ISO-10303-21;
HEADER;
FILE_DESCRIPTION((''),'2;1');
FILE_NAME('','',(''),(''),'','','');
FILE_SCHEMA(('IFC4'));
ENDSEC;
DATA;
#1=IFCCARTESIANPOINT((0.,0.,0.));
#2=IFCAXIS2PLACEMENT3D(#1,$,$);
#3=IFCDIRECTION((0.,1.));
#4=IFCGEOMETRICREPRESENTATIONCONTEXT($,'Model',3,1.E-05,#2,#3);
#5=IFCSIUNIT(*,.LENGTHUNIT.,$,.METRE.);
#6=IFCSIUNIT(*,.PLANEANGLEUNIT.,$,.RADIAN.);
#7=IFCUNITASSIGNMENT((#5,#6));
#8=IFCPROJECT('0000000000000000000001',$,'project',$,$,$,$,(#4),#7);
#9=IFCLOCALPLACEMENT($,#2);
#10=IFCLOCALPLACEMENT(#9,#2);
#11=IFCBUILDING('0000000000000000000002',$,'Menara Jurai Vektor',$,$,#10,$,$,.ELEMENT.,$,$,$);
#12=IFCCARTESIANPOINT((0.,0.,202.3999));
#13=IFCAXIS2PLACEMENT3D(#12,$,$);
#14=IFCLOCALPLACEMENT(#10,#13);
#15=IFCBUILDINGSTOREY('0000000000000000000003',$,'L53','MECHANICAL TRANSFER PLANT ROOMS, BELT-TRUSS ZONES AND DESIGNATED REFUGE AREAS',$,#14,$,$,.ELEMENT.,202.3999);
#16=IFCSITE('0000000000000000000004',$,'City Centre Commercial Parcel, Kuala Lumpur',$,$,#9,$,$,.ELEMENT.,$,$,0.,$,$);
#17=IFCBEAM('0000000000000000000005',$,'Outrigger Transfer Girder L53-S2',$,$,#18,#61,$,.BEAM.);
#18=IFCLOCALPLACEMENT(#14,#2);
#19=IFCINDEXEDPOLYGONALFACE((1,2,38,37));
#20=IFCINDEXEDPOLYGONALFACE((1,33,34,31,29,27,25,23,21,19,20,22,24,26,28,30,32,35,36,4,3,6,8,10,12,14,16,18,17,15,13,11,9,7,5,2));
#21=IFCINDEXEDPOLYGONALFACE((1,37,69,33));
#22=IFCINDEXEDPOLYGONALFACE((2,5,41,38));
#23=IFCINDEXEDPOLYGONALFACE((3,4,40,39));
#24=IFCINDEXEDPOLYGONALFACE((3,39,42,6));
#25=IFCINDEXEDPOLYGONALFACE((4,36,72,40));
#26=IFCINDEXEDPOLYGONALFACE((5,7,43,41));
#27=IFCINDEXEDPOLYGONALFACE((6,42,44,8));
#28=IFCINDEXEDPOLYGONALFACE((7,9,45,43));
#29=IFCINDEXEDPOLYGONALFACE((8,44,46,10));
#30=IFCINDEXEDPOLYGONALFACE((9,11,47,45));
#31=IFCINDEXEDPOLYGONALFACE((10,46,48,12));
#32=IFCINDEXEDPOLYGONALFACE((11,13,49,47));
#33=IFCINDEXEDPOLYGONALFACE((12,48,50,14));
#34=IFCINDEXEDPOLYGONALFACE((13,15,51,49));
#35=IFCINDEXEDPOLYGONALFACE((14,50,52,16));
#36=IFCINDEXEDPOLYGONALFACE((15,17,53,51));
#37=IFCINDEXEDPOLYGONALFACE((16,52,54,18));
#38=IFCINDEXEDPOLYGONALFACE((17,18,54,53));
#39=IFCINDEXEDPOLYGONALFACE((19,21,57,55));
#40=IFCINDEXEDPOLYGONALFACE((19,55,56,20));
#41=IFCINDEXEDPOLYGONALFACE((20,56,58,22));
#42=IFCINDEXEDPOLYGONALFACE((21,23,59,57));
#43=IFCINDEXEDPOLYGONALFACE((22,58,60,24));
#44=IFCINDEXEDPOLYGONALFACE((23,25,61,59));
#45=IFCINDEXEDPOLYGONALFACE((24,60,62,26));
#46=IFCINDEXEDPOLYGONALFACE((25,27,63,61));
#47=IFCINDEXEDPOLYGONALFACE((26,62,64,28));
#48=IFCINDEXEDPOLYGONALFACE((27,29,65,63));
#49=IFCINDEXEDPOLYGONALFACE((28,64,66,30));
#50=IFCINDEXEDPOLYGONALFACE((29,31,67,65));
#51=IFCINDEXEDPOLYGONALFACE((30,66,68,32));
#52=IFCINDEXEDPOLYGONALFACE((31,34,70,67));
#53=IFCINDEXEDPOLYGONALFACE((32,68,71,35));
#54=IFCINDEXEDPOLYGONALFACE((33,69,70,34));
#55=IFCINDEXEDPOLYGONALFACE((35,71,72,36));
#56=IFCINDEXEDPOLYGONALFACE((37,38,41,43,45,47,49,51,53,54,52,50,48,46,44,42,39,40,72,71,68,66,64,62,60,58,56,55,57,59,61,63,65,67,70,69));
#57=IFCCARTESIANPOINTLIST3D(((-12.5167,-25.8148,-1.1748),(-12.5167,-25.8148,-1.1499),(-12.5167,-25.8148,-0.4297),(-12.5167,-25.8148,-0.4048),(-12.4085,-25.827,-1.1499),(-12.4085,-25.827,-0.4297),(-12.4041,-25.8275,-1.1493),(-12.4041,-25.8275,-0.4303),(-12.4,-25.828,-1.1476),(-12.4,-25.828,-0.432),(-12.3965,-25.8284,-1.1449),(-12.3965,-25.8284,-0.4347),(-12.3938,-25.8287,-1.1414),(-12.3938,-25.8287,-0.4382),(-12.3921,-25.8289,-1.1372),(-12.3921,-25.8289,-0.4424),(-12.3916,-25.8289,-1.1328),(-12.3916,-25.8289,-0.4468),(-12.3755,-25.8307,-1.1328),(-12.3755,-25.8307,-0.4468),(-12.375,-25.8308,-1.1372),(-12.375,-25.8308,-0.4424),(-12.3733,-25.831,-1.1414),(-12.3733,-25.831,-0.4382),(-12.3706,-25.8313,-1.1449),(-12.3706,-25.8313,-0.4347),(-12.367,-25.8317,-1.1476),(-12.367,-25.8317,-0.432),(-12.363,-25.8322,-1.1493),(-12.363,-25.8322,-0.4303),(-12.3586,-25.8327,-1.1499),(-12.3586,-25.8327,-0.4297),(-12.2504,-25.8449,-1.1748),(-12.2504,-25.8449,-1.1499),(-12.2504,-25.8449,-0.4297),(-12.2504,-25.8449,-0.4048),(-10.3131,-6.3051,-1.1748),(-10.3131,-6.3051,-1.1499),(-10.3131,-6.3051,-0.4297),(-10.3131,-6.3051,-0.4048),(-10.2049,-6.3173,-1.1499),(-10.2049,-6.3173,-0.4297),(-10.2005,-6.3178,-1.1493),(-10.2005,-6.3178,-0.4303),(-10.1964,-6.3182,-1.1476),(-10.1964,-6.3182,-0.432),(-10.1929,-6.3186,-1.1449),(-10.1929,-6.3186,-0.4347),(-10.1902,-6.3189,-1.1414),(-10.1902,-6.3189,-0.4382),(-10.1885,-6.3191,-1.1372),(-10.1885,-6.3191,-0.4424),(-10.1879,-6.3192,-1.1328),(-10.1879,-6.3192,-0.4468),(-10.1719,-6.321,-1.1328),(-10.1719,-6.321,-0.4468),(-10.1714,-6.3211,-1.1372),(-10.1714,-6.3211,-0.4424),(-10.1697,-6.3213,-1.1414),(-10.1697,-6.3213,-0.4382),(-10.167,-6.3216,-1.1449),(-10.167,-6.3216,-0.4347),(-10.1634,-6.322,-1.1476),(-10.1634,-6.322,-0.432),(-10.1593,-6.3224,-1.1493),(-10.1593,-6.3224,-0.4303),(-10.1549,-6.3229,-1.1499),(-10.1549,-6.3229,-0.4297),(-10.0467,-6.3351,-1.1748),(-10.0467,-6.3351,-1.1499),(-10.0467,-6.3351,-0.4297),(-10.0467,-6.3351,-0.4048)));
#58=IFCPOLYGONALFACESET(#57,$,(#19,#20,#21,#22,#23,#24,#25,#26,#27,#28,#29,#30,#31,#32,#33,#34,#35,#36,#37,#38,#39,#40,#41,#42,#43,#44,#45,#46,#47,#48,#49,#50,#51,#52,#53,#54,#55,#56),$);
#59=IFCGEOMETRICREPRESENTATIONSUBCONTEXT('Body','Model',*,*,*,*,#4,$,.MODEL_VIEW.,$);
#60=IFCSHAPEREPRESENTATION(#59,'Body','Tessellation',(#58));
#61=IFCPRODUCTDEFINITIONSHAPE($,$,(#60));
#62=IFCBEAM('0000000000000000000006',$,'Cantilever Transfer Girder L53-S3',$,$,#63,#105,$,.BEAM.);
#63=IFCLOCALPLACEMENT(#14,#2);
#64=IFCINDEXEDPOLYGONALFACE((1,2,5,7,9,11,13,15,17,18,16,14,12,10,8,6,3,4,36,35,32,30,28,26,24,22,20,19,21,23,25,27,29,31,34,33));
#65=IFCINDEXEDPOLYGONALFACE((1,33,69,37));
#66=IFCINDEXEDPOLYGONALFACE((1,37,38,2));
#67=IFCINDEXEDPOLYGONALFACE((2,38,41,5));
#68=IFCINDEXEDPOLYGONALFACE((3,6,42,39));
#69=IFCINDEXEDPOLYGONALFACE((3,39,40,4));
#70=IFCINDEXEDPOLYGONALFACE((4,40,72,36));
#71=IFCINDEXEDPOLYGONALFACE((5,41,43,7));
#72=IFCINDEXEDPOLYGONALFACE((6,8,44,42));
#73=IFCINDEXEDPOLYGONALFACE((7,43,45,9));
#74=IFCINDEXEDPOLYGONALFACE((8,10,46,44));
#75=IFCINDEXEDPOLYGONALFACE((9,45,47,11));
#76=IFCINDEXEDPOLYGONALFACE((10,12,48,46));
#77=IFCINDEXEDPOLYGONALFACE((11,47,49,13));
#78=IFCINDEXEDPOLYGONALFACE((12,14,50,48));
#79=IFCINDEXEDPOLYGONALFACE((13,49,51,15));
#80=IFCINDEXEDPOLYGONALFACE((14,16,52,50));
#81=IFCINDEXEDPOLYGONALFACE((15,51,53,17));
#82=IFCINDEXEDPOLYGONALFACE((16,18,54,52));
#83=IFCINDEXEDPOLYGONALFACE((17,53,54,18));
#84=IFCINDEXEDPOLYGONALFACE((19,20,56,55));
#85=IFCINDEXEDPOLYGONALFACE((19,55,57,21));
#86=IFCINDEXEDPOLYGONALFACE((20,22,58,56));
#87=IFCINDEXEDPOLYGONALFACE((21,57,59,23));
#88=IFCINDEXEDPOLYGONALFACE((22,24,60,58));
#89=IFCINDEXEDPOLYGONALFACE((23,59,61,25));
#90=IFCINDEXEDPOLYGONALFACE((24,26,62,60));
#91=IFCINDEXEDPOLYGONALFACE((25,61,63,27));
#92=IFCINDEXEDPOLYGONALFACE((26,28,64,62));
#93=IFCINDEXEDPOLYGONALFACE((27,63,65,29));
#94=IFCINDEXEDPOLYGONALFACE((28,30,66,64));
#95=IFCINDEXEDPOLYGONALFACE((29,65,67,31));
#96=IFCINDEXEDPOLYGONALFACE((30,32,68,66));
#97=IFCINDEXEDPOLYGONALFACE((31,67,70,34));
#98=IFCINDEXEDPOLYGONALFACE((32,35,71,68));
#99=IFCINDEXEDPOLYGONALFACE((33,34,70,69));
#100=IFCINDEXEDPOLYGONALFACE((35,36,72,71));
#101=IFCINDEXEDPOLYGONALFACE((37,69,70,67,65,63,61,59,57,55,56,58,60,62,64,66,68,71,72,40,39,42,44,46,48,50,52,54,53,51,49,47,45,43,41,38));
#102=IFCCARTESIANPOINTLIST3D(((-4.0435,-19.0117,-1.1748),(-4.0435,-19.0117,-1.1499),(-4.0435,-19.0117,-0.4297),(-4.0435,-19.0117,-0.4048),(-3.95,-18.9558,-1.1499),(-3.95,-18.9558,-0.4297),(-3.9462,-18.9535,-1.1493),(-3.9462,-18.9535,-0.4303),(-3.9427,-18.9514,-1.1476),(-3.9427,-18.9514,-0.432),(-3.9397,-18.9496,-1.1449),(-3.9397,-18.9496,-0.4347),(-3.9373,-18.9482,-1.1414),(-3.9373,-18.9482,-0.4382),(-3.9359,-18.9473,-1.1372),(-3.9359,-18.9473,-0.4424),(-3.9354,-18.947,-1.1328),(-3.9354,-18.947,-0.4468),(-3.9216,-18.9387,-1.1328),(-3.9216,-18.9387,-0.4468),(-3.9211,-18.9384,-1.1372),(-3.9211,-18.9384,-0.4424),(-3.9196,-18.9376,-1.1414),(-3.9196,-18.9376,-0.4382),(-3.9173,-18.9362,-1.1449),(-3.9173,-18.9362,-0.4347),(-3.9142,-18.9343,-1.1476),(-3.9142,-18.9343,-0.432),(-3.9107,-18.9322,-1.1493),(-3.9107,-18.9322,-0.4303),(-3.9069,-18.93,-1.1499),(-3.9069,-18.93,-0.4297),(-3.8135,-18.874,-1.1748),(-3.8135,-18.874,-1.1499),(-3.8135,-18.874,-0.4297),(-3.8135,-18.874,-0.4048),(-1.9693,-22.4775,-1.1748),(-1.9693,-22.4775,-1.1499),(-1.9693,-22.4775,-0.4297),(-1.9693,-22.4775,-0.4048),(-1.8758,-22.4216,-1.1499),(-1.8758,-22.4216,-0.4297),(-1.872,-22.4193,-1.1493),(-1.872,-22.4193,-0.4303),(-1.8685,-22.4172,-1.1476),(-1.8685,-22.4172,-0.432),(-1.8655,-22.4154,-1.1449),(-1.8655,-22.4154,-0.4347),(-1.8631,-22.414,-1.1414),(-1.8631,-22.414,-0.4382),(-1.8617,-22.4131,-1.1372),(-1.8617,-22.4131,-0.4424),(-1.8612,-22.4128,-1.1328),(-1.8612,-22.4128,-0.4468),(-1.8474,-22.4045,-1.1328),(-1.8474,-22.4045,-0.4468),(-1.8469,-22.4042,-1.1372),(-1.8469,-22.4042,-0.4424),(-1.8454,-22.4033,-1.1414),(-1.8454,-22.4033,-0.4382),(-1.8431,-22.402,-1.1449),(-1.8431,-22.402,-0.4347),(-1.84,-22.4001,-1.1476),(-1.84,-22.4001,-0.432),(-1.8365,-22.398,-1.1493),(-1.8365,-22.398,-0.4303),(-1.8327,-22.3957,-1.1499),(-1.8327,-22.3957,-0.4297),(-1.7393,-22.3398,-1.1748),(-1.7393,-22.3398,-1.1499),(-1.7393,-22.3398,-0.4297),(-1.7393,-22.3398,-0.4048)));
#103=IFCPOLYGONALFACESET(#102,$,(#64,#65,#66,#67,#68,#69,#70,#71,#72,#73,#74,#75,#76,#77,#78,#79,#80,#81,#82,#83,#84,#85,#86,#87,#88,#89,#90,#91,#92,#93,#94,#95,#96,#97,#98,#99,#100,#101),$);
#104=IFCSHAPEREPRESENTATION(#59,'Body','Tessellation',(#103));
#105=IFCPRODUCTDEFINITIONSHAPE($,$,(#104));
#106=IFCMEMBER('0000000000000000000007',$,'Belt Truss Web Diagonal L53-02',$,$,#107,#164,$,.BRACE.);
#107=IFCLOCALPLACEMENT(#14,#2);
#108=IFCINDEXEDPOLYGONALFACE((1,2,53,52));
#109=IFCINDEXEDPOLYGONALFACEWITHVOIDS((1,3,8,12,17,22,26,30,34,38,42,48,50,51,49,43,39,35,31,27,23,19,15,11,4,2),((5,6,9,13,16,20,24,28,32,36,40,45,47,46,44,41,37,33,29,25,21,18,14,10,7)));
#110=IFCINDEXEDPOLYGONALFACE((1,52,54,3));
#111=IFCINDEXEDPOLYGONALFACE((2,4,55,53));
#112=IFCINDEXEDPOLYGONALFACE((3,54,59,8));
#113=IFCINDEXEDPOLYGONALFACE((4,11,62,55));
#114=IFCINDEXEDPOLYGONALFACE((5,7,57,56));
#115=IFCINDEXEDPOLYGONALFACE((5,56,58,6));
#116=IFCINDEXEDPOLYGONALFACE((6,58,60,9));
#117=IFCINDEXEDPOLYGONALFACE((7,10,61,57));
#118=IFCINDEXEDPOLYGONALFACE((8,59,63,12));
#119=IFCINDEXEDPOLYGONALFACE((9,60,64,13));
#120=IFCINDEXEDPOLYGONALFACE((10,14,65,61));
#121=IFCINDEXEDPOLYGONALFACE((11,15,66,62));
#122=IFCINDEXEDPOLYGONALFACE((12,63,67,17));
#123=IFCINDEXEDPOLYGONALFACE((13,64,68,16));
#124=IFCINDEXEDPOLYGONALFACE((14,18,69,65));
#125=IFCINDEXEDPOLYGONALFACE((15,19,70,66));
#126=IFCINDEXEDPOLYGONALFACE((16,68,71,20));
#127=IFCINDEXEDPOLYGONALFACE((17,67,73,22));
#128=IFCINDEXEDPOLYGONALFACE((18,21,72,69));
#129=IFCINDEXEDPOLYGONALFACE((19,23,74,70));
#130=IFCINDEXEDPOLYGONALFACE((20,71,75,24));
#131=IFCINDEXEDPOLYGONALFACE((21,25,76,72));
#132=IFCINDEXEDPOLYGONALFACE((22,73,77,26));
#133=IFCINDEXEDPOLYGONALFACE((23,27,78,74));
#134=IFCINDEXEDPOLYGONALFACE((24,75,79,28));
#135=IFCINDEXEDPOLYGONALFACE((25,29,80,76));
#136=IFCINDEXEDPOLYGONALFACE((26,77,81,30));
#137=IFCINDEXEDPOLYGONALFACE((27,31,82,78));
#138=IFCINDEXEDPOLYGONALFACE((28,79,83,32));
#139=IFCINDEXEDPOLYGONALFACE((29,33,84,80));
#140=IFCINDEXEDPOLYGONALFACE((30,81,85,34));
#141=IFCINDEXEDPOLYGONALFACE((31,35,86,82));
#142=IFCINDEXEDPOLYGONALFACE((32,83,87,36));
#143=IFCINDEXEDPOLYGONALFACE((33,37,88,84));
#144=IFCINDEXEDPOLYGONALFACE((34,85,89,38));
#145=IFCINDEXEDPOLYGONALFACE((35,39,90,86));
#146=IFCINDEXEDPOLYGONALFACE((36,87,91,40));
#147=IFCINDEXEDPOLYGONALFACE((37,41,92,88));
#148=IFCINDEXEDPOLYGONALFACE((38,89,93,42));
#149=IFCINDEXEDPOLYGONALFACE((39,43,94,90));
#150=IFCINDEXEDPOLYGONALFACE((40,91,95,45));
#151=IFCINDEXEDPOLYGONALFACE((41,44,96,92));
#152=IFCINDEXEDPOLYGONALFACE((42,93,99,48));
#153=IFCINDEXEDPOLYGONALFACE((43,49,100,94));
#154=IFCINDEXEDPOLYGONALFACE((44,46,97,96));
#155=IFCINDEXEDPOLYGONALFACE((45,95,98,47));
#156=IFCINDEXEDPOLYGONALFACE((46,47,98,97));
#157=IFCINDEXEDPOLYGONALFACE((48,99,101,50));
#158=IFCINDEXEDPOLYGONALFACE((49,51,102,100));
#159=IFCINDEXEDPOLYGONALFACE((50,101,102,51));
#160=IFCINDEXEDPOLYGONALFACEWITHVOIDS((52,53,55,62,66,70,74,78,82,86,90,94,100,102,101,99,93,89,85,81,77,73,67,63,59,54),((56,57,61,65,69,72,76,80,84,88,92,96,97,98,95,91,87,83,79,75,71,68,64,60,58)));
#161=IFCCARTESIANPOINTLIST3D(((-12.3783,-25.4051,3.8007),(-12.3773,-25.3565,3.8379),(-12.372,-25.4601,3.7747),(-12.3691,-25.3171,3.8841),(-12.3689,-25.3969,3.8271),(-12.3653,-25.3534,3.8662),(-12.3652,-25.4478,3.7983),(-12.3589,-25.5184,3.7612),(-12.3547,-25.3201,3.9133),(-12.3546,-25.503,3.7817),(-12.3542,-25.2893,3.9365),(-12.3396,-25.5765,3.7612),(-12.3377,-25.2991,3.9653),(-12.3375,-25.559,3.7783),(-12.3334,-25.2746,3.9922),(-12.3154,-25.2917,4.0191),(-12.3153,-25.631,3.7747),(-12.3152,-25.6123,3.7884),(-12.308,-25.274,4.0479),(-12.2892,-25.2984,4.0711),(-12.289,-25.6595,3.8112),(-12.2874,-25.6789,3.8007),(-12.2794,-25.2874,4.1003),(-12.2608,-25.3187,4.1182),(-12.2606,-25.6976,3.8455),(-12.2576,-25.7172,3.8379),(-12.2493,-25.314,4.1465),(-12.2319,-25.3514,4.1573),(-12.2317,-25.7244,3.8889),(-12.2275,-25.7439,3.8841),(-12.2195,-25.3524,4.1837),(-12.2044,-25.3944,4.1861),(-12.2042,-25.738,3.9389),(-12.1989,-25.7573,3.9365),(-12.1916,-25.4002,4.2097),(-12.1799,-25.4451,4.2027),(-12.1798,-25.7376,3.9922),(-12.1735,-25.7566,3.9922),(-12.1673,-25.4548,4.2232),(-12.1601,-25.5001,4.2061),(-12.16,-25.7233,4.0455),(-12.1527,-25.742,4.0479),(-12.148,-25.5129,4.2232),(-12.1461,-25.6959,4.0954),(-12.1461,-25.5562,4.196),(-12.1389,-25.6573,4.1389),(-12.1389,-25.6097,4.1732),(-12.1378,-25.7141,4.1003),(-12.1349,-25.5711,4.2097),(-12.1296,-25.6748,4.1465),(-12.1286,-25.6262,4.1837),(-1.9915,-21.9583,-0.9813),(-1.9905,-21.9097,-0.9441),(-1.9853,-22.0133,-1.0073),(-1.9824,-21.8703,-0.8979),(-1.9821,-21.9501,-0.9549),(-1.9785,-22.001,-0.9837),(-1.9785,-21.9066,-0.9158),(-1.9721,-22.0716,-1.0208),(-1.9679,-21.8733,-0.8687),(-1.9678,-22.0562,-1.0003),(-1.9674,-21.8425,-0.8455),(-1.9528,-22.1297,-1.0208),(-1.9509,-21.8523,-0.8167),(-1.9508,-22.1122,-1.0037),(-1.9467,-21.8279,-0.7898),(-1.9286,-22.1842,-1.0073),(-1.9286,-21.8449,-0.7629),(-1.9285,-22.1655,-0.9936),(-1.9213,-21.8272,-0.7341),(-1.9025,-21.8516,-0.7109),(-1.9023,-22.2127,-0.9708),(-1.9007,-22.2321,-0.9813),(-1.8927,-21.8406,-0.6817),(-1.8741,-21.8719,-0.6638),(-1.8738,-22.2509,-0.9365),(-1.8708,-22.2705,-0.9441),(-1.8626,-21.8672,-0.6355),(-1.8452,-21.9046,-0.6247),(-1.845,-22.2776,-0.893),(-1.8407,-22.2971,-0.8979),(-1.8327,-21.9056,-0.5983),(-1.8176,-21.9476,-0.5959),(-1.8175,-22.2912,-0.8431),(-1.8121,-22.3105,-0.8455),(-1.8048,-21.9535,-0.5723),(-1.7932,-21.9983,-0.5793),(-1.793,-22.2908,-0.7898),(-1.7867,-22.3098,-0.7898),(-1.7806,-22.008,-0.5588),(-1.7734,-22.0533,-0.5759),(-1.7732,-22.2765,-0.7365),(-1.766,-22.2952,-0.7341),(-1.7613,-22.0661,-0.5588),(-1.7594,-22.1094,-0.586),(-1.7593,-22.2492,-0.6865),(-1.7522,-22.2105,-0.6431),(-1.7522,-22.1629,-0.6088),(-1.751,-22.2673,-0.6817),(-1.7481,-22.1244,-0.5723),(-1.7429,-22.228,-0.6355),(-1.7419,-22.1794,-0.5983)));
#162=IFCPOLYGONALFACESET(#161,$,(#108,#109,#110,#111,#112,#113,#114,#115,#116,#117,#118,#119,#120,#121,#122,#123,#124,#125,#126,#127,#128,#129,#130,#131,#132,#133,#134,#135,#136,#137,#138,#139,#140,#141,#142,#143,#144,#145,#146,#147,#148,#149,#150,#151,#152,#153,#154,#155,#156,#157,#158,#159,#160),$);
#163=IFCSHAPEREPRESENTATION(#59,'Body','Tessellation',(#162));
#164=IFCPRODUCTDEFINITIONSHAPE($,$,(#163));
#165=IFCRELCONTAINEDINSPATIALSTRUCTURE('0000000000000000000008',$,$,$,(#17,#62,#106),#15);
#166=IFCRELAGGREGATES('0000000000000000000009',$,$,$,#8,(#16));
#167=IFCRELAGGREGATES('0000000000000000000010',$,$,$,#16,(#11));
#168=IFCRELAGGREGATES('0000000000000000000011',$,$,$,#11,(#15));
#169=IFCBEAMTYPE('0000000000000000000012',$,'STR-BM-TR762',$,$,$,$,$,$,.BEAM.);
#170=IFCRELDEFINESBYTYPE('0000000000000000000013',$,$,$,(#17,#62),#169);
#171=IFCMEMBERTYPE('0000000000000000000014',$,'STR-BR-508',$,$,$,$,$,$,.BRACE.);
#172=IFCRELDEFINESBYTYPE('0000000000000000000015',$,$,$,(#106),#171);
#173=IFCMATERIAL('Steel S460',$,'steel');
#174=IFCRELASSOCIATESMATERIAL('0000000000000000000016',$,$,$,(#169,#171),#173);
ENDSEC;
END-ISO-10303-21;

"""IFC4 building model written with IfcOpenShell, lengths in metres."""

from ifc_helpers import new_model, si_unit, direction, frame, origin, origin_2d, place, context, subcontext, project, spatial, hollow_circle, i_section, extrude, material, material_profile, profile_set, type_object, element, save


model = new_model("IFC4")

# Units and contexts
model_context = context("Model", 3, precision=1e-05, world=origin(), true_north=direction((0.0, 1.0)))
body_context = subcontext(model_context, "Body", "Model", "MODEL_VIEW")
ifc_project = project(units=[si_unit("LENGTHUNIT", "METRE"), si_unit("PLANEANGLEUNIT", "RADIAN")], contexts=[model_context])

# Site, building, storey
site_placement = place(None, origin())
site = spatial("IfcSite", under=ifc_project, at=site_placement, Name="City Centre Commercial Parcel, Kuala Lumpur", CompositionType="ELEMENT", RefElevation=0.0)
building_placement = place(site_placement, origin())
building = spatial("IfcBuilding", under=site, at=building_placement, Name="Menara Jurai Vektor", CompositionType="ELEMENT")
storey_placement = place(building_placement, frame((0.0, 0.0, 202.3999)))
storey = spatial("IfcBuildingStorey", under=building, at=storey_placement, Name="L53", Description="MECHANICAL TRANSFER PLANT ROOMS, BELT-TRUSS ZONES AND DESIGNATED REFUGE AREAS", CompositionType="ELEMENT", Elevation=202.3999)

# Shared definitions
ifc_material_1 = material(Name="Steel S460", Category="steel")

# Beams
ifc_material_profile_1 = material_profile(ifc_material_1, i_section(OverallWidth=0.2681, OverallDepth=0.77, WebThickness=0.0161, FlangeThickness=0.0249, FilletRadius=0.0171, at=origin_2d()), Name="UKB 762x267x197")
ifc_profile_set_1 = profile_set([ifc_material_profile_1], Name="Steel S460")
beam_type_1 = type_object("IfcBeamType", Name="STR-BM-TR762", PredefinedType="BEAM", material=ifc_profile_set_1)
beam_1_placement = place(storey_placement, frame((-12.3835, -25.8298, -0.7898), z_axis=(0.112236, 0.993682, 0.0), x_axis=(-0.993682, 0.112236, 0.0)))
element("IfcBeam", 1, at=beam_1_placement, inside=storey, type_object=beam_type_1, Name="Outrigger Transfer Girder L53-S2", PredefinedType="BEAM", context=body_context, shape_type="SweptSolid", body=[
    extrude(i_section(OverallWidth=0.2681, OverallDepth=0.77, WebThickness=0.0161, FlangeThickness=0.0249, FilletRadius=0.0171, at=origin_2d()), origin(), (0.0, 0.0, 1.0), 19.6338),
])
beam_2_placement = place(storey_placement, frame((-3.9285, -18.9429, -0.7898), z_axis=(0.513535, -0.858068, 0.0), x_axis=(0.858068, 0.513535, 0.0)))
element("IfcBeam", 2, at=beam_2_placement, inside=storey, type_object=beam_type_1, Name="Cantilever Transfer Girder L53-S3", PredefinedType="BEAM", context=body_context, shape_type="SweptSolid", body=[
    extrude(i_section(OverallWidth=0.2681, OverallDepth=0.77, WebThickness=0.0161, FlangeThickness=0.0249, FilletRadius=0.0171, at=origin_2d()), origin(), (0.0, 0.0, 1.0), 4.0391),
])

# Member
ifc_material_profile_2 = material_profile(ifc_material_1, hollow_circle(Radius=0.2539, WallThickness=0.02, at=origin_2d()), Name="CHS 508x20")
ifc_profile_set_2 = profile_set([ifc_material_profile_2], Name="Steel S460")
member_type_1 = type_object("IfcMemberType", Name="STR-BR-508", PredefinedType="BRACE", material=ifc_profile_set_2)
member_1_placement = place(storey_placement, frame((-1.8667, -22.0688, -0.7898), z_axis=(-0.869702, -0.288606, 0.400406), x_axis=(0.314956, -0.949106, 0.0)))
element("IfcMember", 3, at=member_1_placement, inside=storey, type_object=member_type_1, Name="Belt Truss Web Diagonal L53-02", PredefinedType="BRACE", context=body_context, shape_type="SweptSolid", body=[
    extrude(hollow_circle(Radius=0.2539, WallThickness=0.02, at=origin_2d()), origin(), (0.0, 0.0, 1.0), 11.9429),
])

save(model, "model.ifc")
